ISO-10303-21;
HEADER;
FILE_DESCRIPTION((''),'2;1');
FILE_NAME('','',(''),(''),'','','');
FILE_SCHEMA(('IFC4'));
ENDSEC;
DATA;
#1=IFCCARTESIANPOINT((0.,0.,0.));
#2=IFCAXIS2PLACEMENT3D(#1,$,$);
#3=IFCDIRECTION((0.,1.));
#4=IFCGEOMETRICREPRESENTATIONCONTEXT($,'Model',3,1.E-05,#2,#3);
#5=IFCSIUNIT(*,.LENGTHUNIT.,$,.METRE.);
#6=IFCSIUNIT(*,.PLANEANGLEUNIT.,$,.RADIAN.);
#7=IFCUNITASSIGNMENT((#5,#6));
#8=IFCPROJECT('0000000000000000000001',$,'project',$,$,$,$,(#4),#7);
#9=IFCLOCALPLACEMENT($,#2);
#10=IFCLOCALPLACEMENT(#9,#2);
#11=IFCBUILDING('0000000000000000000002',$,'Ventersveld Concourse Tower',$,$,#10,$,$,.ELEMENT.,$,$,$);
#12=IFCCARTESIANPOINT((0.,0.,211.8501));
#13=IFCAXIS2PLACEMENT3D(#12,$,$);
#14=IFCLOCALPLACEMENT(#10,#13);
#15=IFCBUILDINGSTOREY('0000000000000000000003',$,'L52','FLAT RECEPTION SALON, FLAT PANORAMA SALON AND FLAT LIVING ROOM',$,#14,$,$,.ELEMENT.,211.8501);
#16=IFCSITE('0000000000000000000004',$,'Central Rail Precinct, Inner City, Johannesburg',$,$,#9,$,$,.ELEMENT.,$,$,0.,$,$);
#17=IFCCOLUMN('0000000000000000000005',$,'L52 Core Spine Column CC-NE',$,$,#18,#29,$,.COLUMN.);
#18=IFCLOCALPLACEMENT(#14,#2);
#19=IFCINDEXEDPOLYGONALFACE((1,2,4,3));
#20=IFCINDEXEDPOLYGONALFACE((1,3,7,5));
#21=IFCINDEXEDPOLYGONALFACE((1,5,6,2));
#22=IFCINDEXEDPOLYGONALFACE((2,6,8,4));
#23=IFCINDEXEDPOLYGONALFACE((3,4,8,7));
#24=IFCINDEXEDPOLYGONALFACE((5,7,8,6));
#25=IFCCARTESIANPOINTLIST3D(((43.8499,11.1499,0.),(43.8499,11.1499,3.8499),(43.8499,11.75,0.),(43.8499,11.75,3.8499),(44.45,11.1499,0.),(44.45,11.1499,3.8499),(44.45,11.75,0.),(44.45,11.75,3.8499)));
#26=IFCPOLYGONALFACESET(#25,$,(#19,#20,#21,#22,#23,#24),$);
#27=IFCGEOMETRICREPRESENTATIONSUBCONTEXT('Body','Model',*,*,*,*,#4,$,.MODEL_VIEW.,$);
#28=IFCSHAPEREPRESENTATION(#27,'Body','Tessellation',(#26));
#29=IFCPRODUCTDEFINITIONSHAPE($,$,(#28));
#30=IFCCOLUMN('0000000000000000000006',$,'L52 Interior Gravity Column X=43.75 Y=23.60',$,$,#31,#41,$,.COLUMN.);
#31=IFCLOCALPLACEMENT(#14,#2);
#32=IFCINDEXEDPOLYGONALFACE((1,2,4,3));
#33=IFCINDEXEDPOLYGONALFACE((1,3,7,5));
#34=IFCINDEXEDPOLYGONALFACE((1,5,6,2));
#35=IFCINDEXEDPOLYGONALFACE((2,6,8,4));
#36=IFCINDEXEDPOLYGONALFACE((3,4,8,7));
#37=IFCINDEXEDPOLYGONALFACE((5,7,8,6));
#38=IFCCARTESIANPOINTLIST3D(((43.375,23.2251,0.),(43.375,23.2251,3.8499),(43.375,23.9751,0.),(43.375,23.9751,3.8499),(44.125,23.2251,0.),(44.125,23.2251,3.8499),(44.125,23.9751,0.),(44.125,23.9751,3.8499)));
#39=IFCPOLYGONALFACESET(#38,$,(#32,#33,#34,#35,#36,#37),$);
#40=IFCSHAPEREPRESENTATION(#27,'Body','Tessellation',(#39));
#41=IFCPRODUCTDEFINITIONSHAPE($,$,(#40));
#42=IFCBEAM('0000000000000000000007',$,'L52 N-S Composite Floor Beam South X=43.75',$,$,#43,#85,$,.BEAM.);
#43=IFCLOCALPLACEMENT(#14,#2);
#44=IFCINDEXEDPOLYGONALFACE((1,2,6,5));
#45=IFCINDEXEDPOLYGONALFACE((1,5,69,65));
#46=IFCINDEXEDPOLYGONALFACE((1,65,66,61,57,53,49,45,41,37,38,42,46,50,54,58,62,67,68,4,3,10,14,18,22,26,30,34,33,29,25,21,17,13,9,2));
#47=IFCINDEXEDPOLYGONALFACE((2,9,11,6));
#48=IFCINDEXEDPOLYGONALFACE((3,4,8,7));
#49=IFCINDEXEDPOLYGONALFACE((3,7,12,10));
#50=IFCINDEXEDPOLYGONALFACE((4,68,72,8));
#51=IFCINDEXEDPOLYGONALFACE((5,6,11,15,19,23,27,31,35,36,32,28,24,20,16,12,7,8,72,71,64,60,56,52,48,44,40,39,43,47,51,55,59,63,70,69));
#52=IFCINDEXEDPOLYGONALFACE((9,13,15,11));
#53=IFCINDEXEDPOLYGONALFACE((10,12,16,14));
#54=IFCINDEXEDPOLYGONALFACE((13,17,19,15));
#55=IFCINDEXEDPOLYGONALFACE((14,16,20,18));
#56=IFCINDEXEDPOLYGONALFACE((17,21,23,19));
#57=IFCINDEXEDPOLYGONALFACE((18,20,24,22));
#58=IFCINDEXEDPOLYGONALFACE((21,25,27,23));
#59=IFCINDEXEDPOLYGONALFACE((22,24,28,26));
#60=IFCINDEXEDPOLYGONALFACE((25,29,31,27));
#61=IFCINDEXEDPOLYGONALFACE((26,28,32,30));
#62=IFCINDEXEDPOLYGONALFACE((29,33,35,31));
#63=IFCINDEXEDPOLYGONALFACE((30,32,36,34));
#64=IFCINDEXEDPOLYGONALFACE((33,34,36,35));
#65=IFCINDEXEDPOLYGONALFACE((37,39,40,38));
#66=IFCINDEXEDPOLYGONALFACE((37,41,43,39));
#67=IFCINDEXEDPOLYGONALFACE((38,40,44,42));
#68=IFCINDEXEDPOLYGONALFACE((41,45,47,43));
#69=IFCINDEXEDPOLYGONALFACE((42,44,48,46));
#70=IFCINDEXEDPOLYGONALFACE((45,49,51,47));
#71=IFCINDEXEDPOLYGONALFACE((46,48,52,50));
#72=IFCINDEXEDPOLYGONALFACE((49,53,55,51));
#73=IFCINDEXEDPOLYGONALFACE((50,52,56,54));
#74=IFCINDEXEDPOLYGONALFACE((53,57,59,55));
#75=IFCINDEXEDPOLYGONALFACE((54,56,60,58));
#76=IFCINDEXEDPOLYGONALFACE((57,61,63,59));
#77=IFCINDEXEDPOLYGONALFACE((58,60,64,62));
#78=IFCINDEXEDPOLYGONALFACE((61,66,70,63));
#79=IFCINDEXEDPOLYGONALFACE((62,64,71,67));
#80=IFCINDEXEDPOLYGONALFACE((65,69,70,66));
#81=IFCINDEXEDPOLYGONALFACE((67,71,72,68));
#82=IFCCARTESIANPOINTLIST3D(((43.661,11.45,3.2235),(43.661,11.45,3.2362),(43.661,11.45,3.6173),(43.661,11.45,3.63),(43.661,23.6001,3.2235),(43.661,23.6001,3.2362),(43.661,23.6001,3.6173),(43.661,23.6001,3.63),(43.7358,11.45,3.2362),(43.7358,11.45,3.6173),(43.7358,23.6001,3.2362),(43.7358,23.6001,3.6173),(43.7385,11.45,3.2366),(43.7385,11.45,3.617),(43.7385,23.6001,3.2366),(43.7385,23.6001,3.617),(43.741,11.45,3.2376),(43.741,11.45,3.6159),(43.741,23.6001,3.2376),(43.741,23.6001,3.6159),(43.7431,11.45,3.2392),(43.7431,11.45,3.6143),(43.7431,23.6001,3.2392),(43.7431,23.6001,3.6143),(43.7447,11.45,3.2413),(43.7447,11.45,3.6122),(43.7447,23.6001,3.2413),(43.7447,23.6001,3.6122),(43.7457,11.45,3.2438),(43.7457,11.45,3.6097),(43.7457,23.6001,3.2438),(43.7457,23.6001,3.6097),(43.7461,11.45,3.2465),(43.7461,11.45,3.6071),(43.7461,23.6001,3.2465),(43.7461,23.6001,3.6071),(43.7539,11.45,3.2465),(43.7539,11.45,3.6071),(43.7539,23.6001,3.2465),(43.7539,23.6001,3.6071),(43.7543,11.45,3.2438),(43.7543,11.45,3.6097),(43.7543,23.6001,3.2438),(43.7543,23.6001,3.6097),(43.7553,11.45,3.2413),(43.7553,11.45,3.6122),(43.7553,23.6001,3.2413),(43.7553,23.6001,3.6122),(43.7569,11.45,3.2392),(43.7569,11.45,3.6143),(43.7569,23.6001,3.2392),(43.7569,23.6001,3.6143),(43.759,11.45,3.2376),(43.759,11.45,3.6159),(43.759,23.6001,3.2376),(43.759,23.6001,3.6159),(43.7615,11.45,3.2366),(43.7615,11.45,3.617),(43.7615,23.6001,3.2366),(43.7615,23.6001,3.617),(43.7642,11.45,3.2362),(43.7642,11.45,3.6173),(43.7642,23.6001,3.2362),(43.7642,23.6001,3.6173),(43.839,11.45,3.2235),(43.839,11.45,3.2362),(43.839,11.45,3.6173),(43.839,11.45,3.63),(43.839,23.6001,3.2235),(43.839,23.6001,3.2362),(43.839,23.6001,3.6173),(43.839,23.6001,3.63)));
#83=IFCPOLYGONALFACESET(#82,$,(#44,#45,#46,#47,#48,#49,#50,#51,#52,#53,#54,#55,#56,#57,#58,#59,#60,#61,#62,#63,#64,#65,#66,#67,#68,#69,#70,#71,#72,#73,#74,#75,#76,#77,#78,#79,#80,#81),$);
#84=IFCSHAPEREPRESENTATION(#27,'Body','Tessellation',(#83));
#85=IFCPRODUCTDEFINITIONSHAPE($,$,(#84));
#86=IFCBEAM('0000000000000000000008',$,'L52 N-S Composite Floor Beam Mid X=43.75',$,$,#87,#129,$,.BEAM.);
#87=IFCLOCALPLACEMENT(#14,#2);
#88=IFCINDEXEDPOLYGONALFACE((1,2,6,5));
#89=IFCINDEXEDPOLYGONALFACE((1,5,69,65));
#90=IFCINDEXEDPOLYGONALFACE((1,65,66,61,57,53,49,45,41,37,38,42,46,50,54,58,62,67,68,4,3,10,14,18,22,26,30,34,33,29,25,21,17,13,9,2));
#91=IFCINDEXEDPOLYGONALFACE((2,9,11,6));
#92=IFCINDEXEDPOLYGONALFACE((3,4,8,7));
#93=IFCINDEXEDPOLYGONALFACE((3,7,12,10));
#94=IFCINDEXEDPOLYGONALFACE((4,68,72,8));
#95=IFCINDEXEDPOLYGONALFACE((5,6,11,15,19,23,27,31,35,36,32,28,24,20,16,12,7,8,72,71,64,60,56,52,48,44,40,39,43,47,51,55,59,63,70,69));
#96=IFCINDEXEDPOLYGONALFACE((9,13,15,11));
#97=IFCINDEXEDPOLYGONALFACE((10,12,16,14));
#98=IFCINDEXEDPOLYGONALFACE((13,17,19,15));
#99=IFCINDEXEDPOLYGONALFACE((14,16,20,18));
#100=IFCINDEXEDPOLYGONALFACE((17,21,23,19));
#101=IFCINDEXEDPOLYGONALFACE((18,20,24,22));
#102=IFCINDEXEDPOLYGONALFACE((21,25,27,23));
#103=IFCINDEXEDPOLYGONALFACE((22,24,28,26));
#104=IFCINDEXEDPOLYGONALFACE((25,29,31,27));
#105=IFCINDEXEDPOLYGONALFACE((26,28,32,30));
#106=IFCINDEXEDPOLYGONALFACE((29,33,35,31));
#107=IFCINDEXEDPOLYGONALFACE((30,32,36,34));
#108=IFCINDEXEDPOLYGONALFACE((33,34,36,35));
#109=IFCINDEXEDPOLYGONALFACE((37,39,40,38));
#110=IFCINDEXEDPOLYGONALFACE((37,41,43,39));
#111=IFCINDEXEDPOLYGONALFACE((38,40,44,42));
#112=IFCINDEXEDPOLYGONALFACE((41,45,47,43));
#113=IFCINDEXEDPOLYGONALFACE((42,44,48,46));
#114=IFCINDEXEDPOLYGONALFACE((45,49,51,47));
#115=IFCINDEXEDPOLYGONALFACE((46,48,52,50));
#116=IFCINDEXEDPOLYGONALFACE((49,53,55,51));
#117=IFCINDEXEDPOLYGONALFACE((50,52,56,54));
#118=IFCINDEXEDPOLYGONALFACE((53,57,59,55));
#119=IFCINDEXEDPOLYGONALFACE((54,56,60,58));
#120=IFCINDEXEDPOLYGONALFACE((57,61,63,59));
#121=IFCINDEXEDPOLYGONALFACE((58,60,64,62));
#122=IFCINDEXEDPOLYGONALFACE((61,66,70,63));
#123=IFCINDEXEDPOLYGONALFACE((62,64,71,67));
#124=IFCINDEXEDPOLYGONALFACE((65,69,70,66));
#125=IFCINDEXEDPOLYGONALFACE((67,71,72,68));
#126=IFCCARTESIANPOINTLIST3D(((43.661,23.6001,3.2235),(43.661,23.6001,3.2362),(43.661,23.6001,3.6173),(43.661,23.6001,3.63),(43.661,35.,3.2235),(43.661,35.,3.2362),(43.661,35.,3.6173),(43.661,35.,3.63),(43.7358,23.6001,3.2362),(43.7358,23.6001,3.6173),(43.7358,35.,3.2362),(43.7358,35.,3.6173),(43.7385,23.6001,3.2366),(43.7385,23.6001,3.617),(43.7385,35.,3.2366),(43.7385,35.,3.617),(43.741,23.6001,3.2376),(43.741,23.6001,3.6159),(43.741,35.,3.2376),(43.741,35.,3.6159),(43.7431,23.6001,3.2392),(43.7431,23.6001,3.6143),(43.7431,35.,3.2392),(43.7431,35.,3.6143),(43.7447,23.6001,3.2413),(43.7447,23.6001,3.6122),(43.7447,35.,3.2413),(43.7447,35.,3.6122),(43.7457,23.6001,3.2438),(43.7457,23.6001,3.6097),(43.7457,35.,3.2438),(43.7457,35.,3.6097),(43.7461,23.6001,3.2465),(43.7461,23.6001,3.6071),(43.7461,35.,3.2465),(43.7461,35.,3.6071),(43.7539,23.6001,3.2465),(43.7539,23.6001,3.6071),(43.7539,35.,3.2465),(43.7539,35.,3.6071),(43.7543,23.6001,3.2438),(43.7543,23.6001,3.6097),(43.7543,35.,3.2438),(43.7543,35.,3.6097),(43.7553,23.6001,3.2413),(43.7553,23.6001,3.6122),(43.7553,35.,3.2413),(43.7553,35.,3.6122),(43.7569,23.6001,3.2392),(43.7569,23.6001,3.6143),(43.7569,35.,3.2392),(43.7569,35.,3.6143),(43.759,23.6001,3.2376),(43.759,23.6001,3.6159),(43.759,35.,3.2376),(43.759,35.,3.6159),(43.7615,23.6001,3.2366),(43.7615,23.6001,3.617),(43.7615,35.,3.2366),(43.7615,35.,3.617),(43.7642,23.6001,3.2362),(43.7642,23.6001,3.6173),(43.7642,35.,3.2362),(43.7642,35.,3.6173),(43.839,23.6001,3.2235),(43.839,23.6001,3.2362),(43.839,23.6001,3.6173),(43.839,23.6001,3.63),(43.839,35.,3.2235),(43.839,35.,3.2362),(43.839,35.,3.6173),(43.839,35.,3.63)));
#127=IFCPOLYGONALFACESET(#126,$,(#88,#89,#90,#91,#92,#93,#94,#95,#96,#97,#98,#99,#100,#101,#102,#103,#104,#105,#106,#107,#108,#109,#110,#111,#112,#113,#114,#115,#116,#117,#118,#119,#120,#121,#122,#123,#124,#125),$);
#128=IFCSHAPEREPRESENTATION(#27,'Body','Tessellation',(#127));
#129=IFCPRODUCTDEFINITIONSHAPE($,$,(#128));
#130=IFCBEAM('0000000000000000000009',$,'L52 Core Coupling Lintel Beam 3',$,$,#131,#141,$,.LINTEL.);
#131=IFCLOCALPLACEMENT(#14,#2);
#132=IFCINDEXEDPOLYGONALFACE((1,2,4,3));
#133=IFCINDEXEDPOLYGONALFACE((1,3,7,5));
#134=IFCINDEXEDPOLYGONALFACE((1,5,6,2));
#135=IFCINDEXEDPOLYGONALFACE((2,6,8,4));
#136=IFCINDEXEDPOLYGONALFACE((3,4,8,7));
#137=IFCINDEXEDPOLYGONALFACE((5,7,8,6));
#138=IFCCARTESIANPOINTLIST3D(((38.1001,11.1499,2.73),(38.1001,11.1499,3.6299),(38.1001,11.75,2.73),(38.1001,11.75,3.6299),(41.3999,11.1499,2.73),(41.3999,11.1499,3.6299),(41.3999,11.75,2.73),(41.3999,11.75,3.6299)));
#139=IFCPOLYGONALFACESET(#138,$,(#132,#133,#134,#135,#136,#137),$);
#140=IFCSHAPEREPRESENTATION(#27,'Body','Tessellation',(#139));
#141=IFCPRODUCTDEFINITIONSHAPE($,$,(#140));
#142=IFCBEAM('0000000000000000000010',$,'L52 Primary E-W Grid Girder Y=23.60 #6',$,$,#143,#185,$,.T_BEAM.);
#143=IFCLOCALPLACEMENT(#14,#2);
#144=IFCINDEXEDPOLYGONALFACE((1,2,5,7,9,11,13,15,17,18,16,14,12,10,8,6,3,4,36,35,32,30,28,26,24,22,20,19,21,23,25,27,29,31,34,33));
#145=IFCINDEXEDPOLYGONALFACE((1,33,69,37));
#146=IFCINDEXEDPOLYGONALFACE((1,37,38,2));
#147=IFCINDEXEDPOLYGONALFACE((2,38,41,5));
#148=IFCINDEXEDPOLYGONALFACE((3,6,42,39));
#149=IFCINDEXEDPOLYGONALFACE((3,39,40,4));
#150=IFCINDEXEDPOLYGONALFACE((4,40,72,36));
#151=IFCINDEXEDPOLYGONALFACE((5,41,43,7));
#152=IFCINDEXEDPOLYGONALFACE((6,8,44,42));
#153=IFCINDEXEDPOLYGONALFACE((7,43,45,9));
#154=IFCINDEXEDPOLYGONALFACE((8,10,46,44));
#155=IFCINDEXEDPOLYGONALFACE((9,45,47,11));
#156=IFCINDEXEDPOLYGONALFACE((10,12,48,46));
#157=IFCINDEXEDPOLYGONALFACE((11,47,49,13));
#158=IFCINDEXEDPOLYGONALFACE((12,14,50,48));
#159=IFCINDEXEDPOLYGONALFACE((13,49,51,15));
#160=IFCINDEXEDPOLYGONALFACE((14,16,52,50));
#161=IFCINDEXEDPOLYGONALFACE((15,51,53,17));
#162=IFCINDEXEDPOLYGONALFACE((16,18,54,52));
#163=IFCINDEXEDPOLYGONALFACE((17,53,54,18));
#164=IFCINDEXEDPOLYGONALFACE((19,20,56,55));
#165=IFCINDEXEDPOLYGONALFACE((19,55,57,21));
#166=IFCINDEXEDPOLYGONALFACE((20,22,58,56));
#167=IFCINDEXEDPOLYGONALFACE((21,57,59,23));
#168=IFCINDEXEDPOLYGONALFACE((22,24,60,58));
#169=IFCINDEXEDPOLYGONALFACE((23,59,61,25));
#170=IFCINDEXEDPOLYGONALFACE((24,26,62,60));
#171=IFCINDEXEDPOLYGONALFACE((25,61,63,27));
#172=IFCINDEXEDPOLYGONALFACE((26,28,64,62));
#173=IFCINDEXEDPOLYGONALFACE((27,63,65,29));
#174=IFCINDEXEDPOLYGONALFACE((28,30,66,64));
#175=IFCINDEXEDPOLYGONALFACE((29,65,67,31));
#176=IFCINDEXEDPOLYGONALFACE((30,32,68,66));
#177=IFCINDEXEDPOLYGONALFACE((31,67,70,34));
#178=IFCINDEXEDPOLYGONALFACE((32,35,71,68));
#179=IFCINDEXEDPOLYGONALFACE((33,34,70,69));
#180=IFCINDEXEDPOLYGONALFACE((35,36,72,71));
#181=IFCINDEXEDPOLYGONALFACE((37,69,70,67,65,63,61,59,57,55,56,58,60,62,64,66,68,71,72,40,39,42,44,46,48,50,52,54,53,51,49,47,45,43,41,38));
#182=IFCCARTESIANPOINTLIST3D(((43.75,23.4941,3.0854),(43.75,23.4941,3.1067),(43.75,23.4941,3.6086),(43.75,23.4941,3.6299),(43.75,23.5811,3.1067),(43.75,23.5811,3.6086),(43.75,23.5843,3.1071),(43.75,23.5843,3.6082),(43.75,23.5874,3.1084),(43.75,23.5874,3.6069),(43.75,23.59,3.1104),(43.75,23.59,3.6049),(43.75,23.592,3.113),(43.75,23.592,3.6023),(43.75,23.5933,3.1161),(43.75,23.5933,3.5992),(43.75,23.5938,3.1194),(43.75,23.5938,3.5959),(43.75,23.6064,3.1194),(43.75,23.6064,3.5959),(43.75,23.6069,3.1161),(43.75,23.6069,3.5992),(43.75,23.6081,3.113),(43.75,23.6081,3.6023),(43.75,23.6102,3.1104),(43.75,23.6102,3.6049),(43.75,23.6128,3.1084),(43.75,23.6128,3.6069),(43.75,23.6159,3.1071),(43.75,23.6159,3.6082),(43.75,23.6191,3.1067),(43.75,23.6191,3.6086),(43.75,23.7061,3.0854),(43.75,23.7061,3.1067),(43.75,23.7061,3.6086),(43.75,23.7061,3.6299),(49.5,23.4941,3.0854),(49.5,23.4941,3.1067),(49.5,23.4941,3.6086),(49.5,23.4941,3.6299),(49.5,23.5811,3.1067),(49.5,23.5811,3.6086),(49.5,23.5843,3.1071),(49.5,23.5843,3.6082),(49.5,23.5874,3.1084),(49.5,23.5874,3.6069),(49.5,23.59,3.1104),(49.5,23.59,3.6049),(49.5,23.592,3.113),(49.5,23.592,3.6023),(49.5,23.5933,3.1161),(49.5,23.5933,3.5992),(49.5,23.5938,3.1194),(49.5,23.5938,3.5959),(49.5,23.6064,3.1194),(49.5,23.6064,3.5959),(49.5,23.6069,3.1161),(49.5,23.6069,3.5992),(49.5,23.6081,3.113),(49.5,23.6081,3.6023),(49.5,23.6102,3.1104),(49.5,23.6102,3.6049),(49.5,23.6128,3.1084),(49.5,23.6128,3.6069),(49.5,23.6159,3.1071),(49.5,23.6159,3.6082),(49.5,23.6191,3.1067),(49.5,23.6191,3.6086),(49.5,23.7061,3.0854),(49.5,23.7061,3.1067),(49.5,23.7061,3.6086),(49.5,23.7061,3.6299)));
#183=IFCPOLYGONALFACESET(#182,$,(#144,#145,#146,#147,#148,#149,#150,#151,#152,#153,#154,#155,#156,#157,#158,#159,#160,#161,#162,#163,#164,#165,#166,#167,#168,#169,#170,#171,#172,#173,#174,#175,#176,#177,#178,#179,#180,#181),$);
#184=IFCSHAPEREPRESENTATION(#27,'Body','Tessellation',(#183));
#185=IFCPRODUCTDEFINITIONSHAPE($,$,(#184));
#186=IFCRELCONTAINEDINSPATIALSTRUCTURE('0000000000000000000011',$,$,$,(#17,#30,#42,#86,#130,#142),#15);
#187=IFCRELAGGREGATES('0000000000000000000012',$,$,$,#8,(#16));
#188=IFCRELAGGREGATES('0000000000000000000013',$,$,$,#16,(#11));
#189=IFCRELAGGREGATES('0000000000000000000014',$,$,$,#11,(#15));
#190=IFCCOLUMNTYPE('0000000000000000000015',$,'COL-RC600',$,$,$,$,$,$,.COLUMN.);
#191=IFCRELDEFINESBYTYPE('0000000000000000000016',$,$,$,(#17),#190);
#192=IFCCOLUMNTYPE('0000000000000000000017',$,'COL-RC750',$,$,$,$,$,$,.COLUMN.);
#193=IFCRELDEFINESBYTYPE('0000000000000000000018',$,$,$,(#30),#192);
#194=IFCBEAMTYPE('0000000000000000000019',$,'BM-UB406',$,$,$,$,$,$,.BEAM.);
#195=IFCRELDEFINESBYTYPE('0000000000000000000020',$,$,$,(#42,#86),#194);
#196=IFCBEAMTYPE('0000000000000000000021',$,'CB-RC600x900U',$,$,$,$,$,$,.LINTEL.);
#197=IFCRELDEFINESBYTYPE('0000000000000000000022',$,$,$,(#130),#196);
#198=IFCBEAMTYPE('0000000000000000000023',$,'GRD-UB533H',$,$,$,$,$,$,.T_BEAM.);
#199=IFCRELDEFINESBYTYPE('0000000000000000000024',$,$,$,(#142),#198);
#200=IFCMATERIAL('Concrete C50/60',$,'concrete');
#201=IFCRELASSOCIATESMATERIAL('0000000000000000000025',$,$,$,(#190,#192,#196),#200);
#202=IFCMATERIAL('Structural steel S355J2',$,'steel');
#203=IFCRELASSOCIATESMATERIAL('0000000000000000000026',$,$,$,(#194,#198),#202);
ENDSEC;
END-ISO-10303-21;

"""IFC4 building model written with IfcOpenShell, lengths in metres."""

from ifc_helpers import new_model, si_unit, direction, frame, origin, origin_2d, place, context, subcontext, project, spatial, rectangle, i_section, extrude, material, material_profile, profile_set, type_object, element, save


model = new_model("IFC4")

# Units and contexts
model_context = context("Model", 3, precision=1e-05, world=origin(), true_north=direction((0.0, 1.0)))
body_context = subcontext(model_context, "Body", "Model", "MODEL_VIEW")
ifc_project = project(units=[si_unit("LENGTHUNIT", "METRE"), si_unit("PLANEANGLEUNIT", "RADIAN")], contexts=[model_context])

# Site, building, storey
site_placement = place(None, origin())
site = spatial("IfcSite", under=ifc_project, at=site_placement, Name="Central Rail Precinct, Inner City, Johannesburg", CompositionType="ELEMENT", RefElevation=0.0)
building_placement = place(site_placement, origin())
building = spatial("IfcBuilding", under=site, at=building_placement, Name="Ventersveld Concourse Tower", CompositionType="ELEMENT")
storey_placement = place(building_placement, frame((0.0, 0.0, 211.8501)))
storey = spatial("IfcBuildingStorey", under=building, at=storey_placement, Name="L52", Description="FLAT RECEPTION SALON, FLAT PANORAMA SALON AND FLAT LIVING ROOM", CompositionType="ELEMENT", Elevation=211.8501)

# Columns
ifc_material_1 = material(Name="Concrete C50/60", Category="concrete")
ifc_material_profile_1 = material_profile(ifc_material_1, rectangle(XDim=0.6001, YDim=0.6001, at=origin_2d()), Name="RC 600x600")
ifc_profile_set_1 = profile_set([ifc_material_profile_1], Name="Concrete C50/60")
column_type_1 = type_object("IfcColumnType", Name="COL-RC600", PredefinedType="COLUMN", material=ifc_profile_set_1)
column_1_placement = place(storey_placement, frame((44.1499, 11.45, 0.0), z_axis=(0.0, 0.0, 1.0), x_axis=(1.0, 0.0, 0.0)))
element("IfcColumn", 1, at=column_1_placement, inside=storey, type_object=column_type_1, Name="L52 Core Spine Column CC-NE", PredefinedType="COLUMN", context=body_context, shape_type="SweptSolid", body=[
    extrude(rectangle(XDim=0.6001, YDim=0.6001, at=origin_2d()), origin(), (0.0, 0.0, 1.0), 3.8499),
])
ifc_material_profile_2 = material_profile(ifc_material_1, rectangle(XDim=0.75, YDim=0.75, at=origin_2d()), Name="RC 750x750")
ifc_profile_set_2 = profile_set([ifc_material_profile_2], Name="Concrete C50/60")
column_type_2 = type_object("IfcColumnType", Name="COL-RC750", PredefinedType="COLUMN", material=ifc_profile_set_2)
column_2_placement = place(storey_placement, frame((43.75, 23.6001, 0.0), z_axis=(0.0, 0.0, 1.0), x_axis=(1.0, 0.0, 0.0)))
element("IfcColumn", 2, at=column_2_placement, inside=storey, type_object=column_type_2, Name="L52 Interior Gravity Column X=43.75 Y=23.60", PredefinedType="COLUMN", context=body_context, shape_type="SweptSolid", body=[
    extrude(rectangle(XDim=0.75, YDim=0.75, at=origin_2d()), origin(), (0.0, 0.0, 1.0), 3.8499),
])

# Beams
ifc_material_2 = material(Name="Structural steel S355J2", Category="steel")
ifc_material_profile_3 = material_profile(ifc_material_2, i_section(OverallWidth=0.178, OverallDepth=0.4065, WebThickness=0.0078, FlangeThickness=0.0127, FilletRadius=0.0103, at=origin_2d()), Name="UB 406x178x60")
ifc_profile_set_3 = profile_set([ifc_material_profile_3], Name="Structural steel S355J2")
beam_type_1 = type_object("IfcBeamType", Name="BM-UB406", PredefinedType="BEAM", material=ifc_profile_set_3)
beam_1_placement = place(storey_placement, frame((43.75, 11.45, 3.4268), z_axis=(0.0, 1.0, 0.0), x_axis=(-1.0, 0.0, 0.0)))
element("IfcBeam", 3, at=beam_1_placement, inside=storey, type_object=beam_type_1, Name="L52 N-S Composite Floor Beam South X=43.75", PredefinedType="BEAM", context=body_context, shape_type="SweptSolid", body=[
    extrude(i_section(OverallWidth=0.178, OverallDepth=0.4065, WebThickness=0.0078, FlangeThickness=0.0127, FilletRadius=0.0103, at=origin_2d()), origin(), (0.0, 0.0, 1.0), 12.1501),
])
beam_2_placement = place(storey_placement, frame((43.75, 23.6001, 3.4268), z_axis=(0.0, 1.0, 0.0), x_axis=(-1.0, 0.0, 0.0)))
element("IfcBeam", 4, at=beam_2_placement, inside=storey, type_object=beam_type_1, Name="L52 N-S Composite Floor Beam Mid X=43.75", PredefinedType="BEAM", context=body_context, shape_type="SweptSolid", body=[
    extrude(i_section(OverallWidth=0.178, OverallDepth=0.4065, WebThickness=0.0078, FlangeThickness=0.0127, FilletRadius=0.0103, at=origin_2d()), origin(), (0.0, 0.0, 1.0), 11.3999),
])
ifc_material_profile_4 = material_profile(ifc_material_1, rectangle(XDim=0.6001, YDim=0.8999, at=origin_2d()), Name="RC 600x900")
ifc_profile_set_4 = profile_set([ifc_material_profile_4], Name="Concrete C50/60")
beam_type_2 = type_object("IfcBeamType", Name="CB-RC600x900U", PredefinedType="LINTEL", material=ifc_profile_set_4)
beam_3_placement = place(storey_placement, frame((38.1001, 11.45, 3.1799), z_axis=(1.0, 0.0, 0.0), x_axis=(0.0, 1.0, 0.0)))
element("IfcBeam", 5, at=beam_3_placement, inside=storey, type_object=beam_type_2, Name="L52 Core Coupling Lintel Beam 3", PredefinedType="LINTEL", context=body_context, shape_type="SweptSolid", body=[
    extrude(rectangle(XDim=0.6001, YDim=0.8999, at=origin_2d()), origin(), (0.0, 0.0, 1.0), 3.2998),
])
ifc_material_profile_5 = material_profile(ifc_material_2, i_section(OverallWidth=0.2119, OverallDepth=0.5444, WebThickness=0.0127, FlangeThickness=0.0212, FilletRadius=0.0127, at=origin_2d()), Name="UB 533x210x122")
ifc_profile_set_5 = profile_set([ifc_material_profile_5], Name="Structural steel S355J2")
beam_type_3 = type_object("IfcBeamType", Name="GRD-UB533H", PredefinedType="T_BEAM", material=ifc_profile_set_5)
beam_4_placement = place(storey_placement, frame((43.75, 23.6001, 3.3577), z_axis=(1.0, 0.0, 0.0), x_axis=(0.0, 1.0, 0.0)))
element("IfcBeam", 6, at=beam_4_placement, inside=storey, type_object=beam_type_3, Name="L52 Primary E-W Grid Girder Y=23.60 #6", PredefinedType="T_BEAM", context=body_context, shape_type="SweptSolid", body=[
    extrude(i_section(OverallWidth=0.2119, OverallDepth=0.5444, WebThickness=0.0127, FlangeThickness=0.0212, FilletRadius=0.0127, at=origin_2d()), origin(), (0.0, 0.0, 1.0), 5.75),
])

save(model, "model.ifc")
